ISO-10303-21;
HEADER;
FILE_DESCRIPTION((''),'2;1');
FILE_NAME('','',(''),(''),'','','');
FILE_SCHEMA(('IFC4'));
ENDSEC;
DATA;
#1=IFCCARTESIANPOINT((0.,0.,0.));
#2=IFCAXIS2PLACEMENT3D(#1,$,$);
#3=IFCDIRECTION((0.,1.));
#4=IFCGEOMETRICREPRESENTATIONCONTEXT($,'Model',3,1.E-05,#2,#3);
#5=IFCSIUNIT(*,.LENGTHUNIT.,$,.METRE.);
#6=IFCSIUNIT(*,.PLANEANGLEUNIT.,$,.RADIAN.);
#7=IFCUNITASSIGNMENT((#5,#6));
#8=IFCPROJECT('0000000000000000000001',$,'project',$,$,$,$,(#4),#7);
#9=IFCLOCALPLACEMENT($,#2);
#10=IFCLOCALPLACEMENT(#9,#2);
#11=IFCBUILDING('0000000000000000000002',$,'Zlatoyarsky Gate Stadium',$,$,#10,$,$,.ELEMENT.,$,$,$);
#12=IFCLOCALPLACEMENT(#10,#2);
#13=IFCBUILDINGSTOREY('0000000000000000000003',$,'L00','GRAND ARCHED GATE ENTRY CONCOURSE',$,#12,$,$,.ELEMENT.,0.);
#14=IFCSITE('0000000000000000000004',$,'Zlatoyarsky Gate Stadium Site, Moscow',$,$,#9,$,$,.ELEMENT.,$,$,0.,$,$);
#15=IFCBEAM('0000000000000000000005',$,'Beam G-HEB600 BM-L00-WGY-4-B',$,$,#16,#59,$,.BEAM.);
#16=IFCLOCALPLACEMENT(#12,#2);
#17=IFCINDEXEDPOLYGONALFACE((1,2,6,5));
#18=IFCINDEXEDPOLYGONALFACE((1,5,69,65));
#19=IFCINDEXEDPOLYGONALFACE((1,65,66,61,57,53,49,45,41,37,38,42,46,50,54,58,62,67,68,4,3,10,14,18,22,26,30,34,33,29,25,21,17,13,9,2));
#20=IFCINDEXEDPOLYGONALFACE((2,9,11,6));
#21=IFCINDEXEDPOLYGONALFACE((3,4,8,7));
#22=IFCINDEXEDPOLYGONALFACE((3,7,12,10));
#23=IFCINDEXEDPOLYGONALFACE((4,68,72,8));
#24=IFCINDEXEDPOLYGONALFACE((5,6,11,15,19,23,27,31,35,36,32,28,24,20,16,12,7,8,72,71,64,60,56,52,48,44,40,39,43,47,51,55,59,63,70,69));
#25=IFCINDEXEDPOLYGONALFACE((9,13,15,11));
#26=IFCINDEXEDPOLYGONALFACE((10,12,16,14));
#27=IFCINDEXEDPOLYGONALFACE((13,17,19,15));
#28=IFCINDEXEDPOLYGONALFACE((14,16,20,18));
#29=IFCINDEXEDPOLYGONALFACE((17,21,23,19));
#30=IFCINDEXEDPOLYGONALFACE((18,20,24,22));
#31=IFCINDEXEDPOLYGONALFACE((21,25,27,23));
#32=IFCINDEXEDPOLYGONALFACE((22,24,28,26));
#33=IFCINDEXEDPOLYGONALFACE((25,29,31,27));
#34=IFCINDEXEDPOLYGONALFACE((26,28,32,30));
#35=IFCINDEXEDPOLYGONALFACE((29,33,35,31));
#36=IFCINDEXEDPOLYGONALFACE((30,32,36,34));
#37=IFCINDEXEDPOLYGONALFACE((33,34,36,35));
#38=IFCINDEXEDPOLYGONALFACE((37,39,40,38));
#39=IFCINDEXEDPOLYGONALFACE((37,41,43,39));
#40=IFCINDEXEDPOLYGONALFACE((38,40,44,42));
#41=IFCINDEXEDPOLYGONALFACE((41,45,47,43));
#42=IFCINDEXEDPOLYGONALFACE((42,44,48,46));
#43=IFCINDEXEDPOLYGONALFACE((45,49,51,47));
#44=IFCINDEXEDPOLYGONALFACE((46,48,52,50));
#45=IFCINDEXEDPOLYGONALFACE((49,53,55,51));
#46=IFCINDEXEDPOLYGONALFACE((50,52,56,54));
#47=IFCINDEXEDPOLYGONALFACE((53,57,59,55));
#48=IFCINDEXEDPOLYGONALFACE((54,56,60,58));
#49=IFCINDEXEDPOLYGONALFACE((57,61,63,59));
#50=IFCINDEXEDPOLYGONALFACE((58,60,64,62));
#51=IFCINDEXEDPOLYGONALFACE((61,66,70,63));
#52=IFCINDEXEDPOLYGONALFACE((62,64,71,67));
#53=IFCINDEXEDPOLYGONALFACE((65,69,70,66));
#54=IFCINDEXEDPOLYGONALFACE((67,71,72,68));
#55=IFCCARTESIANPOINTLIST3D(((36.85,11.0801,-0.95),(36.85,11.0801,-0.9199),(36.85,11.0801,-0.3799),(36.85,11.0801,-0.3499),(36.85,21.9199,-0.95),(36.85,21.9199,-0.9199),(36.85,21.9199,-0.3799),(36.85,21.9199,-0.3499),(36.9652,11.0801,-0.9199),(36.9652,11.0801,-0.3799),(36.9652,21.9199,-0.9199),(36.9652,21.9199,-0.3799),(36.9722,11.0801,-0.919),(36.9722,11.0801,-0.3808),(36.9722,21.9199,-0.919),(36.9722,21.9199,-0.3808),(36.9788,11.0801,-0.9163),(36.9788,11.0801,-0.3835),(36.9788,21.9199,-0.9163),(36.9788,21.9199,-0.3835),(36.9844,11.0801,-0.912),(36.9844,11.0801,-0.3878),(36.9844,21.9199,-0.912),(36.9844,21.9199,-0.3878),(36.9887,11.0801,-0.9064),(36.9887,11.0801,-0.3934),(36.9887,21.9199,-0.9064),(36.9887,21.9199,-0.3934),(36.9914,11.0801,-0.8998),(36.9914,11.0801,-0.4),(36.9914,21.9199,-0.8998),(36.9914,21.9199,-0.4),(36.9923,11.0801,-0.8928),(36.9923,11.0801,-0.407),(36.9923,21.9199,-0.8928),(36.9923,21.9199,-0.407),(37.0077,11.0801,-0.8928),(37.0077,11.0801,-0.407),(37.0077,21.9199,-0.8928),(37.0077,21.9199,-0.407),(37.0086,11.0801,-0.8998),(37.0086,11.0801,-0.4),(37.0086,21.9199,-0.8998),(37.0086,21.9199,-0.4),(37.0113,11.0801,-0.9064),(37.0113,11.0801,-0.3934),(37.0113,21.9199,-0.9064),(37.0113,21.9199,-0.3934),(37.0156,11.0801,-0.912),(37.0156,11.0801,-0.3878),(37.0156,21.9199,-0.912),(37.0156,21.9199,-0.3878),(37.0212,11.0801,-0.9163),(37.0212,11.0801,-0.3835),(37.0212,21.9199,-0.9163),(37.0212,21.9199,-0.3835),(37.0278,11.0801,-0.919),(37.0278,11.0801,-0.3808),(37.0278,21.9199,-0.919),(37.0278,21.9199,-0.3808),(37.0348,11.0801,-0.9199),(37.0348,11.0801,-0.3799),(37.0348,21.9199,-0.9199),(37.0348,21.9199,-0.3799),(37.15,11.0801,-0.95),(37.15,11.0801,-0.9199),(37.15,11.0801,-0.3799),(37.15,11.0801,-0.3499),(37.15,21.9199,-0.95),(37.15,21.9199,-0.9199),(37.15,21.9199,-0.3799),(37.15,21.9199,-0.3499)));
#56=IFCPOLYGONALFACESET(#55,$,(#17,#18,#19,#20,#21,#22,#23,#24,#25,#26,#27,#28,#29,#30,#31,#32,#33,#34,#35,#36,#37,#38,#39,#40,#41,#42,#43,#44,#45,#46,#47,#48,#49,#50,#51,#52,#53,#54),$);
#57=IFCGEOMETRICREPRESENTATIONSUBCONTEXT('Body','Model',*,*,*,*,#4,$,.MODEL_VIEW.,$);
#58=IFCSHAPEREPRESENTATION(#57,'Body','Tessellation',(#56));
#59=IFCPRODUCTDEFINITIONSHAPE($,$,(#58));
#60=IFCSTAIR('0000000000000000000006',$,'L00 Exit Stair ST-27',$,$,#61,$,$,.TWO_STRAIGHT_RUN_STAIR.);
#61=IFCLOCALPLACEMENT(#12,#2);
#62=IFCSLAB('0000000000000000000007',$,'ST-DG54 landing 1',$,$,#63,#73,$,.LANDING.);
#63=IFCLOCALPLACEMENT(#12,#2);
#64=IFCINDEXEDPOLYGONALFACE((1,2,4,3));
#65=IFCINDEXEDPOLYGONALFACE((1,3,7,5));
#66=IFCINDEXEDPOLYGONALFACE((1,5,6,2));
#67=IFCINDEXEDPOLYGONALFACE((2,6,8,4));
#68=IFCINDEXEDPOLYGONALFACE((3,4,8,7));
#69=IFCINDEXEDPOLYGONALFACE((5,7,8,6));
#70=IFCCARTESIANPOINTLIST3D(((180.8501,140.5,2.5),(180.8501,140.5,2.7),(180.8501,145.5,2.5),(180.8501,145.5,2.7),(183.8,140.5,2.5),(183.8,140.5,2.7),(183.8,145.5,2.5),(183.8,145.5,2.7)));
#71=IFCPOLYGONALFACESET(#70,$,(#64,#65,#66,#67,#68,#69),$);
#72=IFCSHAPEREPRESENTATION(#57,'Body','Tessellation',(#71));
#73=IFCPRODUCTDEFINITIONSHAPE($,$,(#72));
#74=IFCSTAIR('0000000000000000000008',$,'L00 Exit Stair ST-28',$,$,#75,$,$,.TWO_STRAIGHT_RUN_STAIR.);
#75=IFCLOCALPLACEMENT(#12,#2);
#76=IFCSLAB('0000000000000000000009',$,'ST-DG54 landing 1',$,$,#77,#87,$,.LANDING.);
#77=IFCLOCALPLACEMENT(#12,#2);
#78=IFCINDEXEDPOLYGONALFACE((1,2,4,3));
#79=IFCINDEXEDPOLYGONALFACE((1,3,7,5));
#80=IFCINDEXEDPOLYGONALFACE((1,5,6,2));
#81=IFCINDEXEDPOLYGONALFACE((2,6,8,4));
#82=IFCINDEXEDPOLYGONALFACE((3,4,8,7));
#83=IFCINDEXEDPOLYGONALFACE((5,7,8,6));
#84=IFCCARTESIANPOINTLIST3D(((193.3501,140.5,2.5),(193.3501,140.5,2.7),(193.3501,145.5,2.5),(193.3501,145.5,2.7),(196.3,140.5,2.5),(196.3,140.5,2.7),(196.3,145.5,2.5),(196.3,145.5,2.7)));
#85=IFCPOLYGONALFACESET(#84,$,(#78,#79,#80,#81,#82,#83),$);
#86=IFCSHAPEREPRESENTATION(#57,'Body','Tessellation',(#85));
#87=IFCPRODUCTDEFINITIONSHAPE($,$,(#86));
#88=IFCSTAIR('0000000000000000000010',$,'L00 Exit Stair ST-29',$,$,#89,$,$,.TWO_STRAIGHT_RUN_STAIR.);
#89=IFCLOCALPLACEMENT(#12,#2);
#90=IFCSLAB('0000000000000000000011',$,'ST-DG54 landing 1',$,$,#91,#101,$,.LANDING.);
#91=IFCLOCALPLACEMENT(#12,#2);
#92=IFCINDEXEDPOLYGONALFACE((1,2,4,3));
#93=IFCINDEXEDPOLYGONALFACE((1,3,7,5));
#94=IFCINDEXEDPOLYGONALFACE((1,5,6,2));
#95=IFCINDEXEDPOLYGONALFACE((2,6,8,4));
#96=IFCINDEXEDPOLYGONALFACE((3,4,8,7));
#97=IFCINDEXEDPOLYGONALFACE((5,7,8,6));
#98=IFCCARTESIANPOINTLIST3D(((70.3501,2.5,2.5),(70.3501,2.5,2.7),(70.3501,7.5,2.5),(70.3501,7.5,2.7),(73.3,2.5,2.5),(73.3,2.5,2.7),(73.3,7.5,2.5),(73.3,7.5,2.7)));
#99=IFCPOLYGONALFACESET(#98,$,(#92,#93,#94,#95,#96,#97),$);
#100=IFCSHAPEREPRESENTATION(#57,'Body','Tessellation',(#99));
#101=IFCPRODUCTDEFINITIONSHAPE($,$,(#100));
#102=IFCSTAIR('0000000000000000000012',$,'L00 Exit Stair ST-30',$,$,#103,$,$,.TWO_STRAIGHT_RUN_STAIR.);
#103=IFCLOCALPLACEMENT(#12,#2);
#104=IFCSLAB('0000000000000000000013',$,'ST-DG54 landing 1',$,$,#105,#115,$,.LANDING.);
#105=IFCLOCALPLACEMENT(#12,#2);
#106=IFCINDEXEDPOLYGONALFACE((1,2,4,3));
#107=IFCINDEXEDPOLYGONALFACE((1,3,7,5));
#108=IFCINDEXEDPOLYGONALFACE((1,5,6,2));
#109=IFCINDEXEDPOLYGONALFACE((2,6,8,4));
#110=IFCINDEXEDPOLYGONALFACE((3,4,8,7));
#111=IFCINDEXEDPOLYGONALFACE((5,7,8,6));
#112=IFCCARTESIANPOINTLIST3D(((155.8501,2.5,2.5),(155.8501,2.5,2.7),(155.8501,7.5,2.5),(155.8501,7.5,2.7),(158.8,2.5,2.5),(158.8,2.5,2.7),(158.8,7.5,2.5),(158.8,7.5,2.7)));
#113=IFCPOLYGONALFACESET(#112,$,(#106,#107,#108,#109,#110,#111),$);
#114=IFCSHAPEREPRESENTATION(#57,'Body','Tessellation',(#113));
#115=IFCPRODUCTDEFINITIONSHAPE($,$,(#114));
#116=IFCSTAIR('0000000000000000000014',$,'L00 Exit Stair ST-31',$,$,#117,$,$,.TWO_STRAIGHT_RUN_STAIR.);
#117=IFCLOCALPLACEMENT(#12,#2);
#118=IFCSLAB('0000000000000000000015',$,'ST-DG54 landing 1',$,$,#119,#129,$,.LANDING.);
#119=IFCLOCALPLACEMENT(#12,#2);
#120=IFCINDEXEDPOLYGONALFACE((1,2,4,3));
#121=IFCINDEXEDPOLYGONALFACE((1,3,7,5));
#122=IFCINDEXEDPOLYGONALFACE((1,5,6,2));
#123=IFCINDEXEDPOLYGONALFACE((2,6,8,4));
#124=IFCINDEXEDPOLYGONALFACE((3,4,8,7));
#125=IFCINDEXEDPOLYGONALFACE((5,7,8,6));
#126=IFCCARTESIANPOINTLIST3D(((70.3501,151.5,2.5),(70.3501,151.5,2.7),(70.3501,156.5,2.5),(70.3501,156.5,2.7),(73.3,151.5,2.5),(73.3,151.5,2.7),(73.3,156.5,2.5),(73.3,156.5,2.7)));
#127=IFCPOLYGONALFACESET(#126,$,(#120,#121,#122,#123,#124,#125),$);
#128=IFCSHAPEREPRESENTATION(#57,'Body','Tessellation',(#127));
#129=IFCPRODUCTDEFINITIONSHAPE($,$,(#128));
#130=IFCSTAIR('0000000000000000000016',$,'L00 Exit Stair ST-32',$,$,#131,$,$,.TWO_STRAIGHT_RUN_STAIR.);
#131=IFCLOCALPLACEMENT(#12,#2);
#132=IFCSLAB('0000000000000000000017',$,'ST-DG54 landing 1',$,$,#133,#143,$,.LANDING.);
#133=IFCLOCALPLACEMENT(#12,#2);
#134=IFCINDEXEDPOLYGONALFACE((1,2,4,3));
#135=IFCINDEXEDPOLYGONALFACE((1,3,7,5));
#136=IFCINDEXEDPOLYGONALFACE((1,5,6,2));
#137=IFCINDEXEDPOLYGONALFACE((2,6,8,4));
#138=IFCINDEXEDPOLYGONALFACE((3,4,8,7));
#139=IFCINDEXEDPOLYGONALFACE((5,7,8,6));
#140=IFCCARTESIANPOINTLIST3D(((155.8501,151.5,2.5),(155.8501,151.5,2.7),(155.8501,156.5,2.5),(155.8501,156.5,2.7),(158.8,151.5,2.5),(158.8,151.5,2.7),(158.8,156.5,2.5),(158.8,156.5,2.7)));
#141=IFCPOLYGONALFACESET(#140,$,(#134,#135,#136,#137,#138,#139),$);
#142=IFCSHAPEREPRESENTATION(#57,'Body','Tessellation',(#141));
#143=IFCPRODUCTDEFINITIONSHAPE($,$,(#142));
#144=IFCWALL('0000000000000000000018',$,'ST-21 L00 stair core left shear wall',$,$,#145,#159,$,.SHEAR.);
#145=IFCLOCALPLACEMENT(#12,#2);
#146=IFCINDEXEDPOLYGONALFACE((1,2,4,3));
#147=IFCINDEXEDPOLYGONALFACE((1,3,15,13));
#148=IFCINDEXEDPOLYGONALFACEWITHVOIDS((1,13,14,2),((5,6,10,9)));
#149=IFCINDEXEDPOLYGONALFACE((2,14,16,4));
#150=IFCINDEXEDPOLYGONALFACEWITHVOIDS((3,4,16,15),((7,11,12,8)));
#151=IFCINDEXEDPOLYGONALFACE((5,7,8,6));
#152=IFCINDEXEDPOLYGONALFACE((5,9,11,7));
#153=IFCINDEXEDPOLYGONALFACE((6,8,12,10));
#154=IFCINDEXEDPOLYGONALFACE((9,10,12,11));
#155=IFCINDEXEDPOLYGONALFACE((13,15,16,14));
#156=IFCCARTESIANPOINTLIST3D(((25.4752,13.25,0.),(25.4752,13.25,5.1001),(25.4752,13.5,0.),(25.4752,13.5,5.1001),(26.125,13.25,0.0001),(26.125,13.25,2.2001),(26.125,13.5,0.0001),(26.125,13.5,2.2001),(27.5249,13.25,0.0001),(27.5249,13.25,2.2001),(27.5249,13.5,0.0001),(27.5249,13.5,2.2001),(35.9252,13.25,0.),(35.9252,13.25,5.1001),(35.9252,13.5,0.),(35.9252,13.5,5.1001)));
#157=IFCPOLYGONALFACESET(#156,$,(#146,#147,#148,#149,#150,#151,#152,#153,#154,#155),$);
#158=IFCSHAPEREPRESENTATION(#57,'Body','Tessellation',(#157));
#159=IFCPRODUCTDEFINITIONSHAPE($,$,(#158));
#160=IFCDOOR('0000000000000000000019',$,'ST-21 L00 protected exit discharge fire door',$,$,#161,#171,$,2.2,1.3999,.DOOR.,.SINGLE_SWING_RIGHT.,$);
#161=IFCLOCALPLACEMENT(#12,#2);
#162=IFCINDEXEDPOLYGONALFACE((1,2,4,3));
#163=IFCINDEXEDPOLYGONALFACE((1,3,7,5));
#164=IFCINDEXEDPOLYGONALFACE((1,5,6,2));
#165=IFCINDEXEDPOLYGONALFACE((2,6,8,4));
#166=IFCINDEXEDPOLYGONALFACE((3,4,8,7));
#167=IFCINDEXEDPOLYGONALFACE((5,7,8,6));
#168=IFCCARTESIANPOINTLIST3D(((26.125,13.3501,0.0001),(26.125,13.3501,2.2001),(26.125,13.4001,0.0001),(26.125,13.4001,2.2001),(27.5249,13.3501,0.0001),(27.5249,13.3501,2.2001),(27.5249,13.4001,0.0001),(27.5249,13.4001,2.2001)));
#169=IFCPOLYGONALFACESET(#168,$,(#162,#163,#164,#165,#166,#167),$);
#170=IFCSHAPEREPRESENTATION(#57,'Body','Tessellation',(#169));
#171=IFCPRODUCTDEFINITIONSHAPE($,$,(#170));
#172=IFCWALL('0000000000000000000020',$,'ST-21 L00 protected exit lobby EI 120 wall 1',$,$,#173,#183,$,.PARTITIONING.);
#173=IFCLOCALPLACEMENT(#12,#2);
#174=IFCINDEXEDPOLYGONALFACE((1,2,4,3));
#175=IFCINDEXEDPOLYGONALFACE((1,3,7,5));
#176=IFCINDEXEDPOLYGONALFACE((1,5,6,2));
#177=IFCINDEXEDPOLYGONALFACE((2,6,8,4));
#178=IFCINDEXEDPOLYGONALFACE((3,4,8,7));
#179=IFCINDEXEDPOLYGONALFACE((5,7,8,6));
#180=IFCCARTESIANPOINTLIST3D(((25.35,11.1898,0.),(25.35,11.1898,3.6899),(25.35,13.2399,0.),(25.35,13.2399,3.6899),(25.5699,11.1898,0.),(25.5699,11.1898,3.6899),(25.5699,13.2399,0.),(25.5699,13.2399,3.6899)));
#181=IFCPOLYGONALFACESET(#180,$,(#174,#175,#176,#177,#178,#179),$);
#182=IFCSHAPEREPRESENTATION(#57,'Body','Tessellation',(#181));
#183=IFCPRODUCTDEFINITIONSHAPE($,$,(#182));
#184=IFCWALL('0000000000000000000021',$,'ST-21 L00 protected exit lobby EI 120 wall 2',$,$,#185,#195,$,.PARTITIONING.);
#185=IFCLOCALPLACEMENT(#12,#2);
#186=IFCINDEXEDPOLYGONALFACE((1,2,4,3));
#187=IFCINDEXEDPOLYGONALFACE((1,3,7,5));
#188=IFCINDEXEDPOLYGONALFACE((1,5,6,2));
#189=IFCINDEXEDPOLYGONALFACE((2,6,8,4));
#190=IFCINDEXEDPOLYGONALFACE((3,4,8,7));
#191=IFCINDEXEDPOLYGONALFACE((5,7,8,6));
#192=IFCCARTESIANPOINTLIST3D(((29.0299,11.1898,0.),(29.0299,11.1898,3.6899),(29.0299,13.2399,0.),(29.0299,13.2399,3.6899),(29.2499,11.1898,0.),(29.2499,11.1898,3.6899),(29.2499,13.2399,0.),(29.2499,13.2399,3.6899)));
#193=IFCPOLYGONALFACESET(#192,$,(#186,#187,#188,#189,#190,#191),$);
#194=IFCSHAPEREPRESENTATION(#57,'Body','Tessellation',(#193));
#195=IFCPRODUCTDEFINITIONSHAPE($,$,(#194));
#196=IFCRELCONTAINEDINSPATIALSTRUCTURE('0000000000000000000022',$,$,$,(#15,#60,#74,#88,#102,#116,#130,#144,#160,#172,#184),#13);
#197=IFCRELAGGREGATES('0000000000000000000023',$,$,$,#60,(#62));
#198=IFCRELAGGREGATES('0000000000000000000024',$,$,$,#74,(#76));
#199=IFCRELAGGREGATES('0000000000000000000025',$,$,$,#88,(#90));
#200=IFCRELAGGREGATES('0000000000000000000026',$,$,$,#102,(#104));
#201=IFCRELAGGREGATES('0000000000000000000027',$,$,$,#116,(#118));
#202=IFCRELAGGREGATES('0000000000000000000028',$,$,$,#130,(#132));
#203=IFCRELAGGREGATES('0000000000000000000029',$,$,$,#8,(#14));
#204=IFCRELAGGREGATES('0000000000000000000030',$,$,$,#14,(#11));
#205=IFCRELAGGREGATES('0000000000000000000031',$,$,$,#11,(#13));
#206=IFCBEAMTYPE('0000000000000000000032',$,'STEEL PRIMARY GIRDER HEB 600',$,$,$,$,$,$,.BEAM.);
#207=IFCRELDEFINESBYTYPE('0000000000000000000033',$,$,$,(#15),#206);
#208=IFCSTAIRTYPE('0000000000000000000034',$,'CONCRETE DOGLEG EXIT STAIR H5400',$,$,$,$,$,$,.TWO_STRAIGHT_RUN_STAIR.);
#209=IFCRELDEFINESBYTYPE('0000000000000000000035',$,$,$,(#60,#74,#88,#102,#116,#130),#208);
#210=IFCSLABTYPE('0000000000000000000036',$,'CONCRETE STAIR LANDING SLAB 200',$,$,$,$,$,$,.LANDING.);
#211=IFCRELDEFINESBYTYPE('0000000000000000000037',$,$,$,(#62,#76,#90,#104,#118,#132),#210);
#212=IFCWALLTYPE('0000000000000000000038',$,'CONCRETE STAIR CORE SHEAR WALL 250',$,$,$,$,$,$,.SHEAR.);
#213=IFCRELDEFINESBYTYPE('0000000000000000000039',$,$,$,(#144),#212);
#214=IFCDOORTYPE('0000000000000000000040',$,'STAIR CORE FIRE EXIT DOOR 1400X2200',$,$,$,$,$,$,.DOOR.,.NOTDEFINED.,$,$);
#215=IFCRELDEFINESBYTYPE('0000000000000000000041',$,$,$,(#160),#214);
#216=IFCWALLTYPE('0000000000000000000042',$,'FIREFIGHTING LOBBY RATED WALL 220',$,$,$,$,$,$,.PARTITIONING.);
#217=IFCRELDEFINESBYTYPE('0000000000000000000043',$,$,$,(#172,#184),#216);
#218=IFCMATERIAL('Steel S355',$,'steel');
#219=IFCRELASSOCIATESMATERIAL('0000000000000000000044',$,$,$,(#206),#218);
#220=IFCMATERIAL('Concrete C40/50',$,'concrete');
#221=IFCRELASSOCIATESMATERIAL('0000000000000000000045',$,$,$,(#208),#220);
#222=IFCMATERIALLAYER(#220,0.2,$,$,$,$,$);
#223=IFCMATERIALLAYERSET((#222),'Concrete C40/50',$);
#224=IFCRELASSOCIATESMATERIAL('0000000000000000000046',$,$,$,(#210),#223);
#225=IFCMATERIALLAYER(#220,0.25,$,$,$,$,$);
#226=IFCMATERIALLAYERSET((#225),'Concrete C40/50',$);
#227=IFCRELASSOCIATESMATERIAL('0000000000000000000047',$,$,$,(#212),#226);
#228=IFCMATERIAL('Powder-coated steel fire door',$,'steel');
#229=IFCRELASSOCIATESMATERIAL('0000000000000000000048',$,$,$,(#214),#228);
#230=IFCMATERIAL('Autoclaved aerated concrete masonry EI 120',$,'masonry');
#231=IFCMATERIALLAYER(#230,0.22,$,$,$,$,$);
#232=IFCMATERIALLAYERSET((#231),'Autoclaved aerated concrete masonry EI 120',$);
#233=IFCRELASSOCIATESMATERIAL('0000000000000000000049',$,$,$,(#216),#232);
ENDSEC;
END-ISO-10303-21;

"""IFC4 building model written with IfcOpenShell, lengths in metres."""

from ifc_helpers import new_model, si_unit, direction, frame, frame_2d, origin, origin_2d, place, context, subcontext, project, spatial, polyline, rectangle, i_section, outline, extrude, material, layer, layer_set, material_profile, profile_set, type_object, element, fill, aggregate, save


model = new_model("IFC4")

# Units and contexts
model_context = context("Model", 3, precision=1e-05, world=origin(), true_north=direction((0.0, 1.0)))
body_context = subcontext(model_context, "Body", "Model", "MODEL_VIEW")
ifc_project = project(units=[si_unit("LENGTHUNIT", "METRE"), si_unit("PLANEANGLEUNIT", "RADIAN")], contexts=[model_context])

# Site, building, storey
site_placement = place(None, origin())
site = spatial("IfcSite", under=ifc_project, at=site_placement, Name="Zlatoyarsky Gate Stadium Site, Moscow", CompositionType="ELEMENT", RefElevation=0.0)
building_placement = place(site_placement, origin())
building = spatial("IfcBuilding", under=site, at=building_placement, Name="Zlatoyarsky Gate Stadium", CompositionType="ELEMENT")
storey_placement = place(building_placement, origin())
storey = spatial("IfcBuildingStorey", under=building, at=storey_placement, Name="L00", Description="GRAND ARCHED GATE ENTRY CONCOURSE", CompositionType="ELEMENT", Elevation=0.0)

# Shared definitions
ifc_material_1 = material(Name="Concrete C40/50", Category="concrete")

# Beam
ifc_material_2 = material(Name="Steel S355", Category="steel")
ifc_material_profile_1 = material_profile(ifc_material_2, i_section(OverallWidth=0.3, OverallDepth=0.6001, WebThickness=0.0154, FlangeThickness=0.03, FilletRadius=0.0271, at=origin_2d()), Name="HEB 600")
ifc_profile_set_1 = profile_set([ifc_material_profile_1], Name="Steel S355")
beam_type_1 = type_object("IfcBeamType", Name="STEEL PRIMARY GIRDER HEB 600", PredefinedType="BEAM", material=ifc_profile_set_1)
for number, where, z_axis, x_axis, name in (
    (1, (37.0, 11.0801, -0.6499), (0.0, 1.0, 0.0), (-1.0, 0.0, 0.0), "Beam G-HEB600 BM-L00-WGY-4-B"),
):
    element("IfcBeam", number, at=place(storey_placement, frame(where, z_axis=z_axis, x_axis=x_axis)), inside=storey, type_object=beam_type_1, Name=name, PredefinedType="BEAM", context=body_context, shape_type="SweptSolid", body=[
        extrude(i_section(OverallWidth=0.3, OverallDepth=0.6001, WebThickness=0.0154, FlangeThickness=0.03, FilletRadius=0.0271, at=origin_2d()), origin(), (0.0, 0.0, 1.0), 10.8398),
    ])

# Stairs, slabs
stair_type = type_object("IfcStairType", Name="CONCRETE DOGLEG EXIT STAIR H5400", PredefinedType="TWO_STRAIGHT_RUN_STAIR", material=ifc_material_1)
stair_1_placement = place(storey_placement, origin())
stair_1 = element("IfcStair", 2, at=stair_1_placement, inside=storey, type_object=stair_type, Name="L00 Exit Stair ST-27", PredefinedType="TWO_STRAIGHT_RUN_STAIR")
ifc_layer_1 = layer(ifc_material_1, 0.2)
ifc_layer_set_1 = layer_set([ifc_layer_1], Name="Concrete C40/50")
slab_type = type_object("IfcSlabType", Name="CONCRETE STAIR LANDING SLAB 200", PredefinedType="LANDING", material=ifc_layer_set_1)
slab_1_placement = place(storey_placement, frame((0.0, 0.0, 2.5)))
slab_1 = element("IfcSlab", 3, at=slab_1_placement, type_object=slab_type, Name="ST-DG54 landing 1", PredefinedType="LANDING", context=body_context, shape_type="SweptSolid", body=[
    extrude(outline(polyline([(180.8501, 140.5), (183.8, 140.5), (183.8, 145.5), (180.8501, 145.5), (180.8501, 140.5)])), origin(), (0.0, 0.0, 1.0), 0.2),
])
aggregate(stair_1, [slab_1])
stair_2_placement = place(storey_placement, origin())
stair_2 = element("IfcStair", 4, at=stair_2_placement, inside=storey, type_object=stair_type, Name="L00 Exit Stair ST-28", PredefinedType="TWO_STRAIGHT_RUN_STAIR")
slab_2_placement = place(storey_placement, frame((0.0, 0.0, 2.5)))
slab_2 = element("IfcSlab", 5, at=slab_2_placement, type_object=slab_type, Name="ST-DG54 landing 1", PredefinedType="LANDING", context=body_context, shape_type="SweptSolid", body=[
    extrude(outline(polyline([(193.3501, 140.5), (196.3, 140.5), (196.3, 145.5), (193.3501, 145.5), (193.3501, 140.5)])), origin(), (0.0, 0.0, 1.0), 0.2),
])
aggregate(stair_2, [slab_2])
stair_3_placement = place(storey_placement, origin())
stair_3 = element("IfcStair", 6, at=stair_3_placement, inside=storey, type_object=stair_type, Name="L00 Exit Stair ST-29", PredefinedType="TWO_STRAIGHT_RUN_STAIR")
slab_3_placement = place(storey_placement, frame((0.0, 0.0, 2.5)))
slab_3 = element("IfcSlab", 7, at=slab_3_placement, type_object=slab_type, Name="ST-DG54 landing 1", PredefinedType="LANDING", context=body_context, shape_type="SweptSolid", body=[
    extrude(outline(polyline([(70.3501, 2.5), (73.3, 2.5), (73.3, 7.5), (70.3501, 7.5), (70.3501, 2.5)])), origin(), (0.0, 0.0, 1.0), 0.2),
])
aggregate(stair_3, [slab_3])
stair_4_placement = place(storey_placement, origin())
stair_4 = element("IfcStair", 8, at=stair_4_placement, inside=storey, type_object=stair_type, Name="L00 Exit Stair ST-30", PredefinedType="TWO_STRAIGHT_RUN_STAIR")
slab_4_placement = place(storey_placement, frame((0.0, 0.0, 2.5)))
slab_4 = element("IfcSlab", 9, at=slab_4_placement, type_object=slab_type, Name="ST-DG54 landing 1", PredefinedType="LANDING", context=body_context, shape_type="SweptSolid", body=[
    extrude(outline(polyline([(155.8501, 2.5), (158.8, 2.5), (158.8, 7.5), (155.8501, 7.5), (155.8501, 2.5)])), origin(), (0.0, 0.0, 1.0), 0.2),
])
aggregate(stair_4, [slab_4])
stair_5_placement = place(storey_placement, origin())
stair_5 = element("IfcStair", 10, at=stair_5_placement, inside=storey, type_object=stair_type, Name="L00 Exit Stair ST-31", PredefinedType="TWO_STRAIGHT_RUN_STAIR")
slab_5_placement = place(storey_placement, frame((0.0, 0.0, 2.5)))
slab_5 = element("IfcSlab", 11, at=slab_5_placement, type_object=slab_type, Name="ST-DG54 landing 1", PredefinedType="LANDING", context=body_context, shape_type="SweptSolid", body=[
    extrude(outline(polyline([(70.3501, 151.5), (73.3, 151.5), (73.3, 156.5), (70.3501, 156.5), (70.3501, 151.5)])), origin(), (0.0, 0.0, 1.0), 0.2),
])
aggregate(stair_5, [slab_5])
stair_6_placement = place(storey_placement, origin())
stair_6 = element("IfcStair", 12, at=stair_6_placement, inside=storey, type_object=stair_type, Name="L00 Exit Stair ST-32", PredefinedType="TWO_STRAIGHT_RUN_STAIR")
slab_6_placement = place(storey_placement, frame((0.0, 0.0, 2.5)))
slab_6 = element("IfcSlab", 13, at=slab_6_placement, type_object=slab_type, Name="ST-DG54 landing 1", PredefinedType="LANDING", context=body_context, shape_type="SweptSolid", body=[
    extrude(outline(polyline([(155.8501, 151.5), (158.8, 151.5), (158.8, 156.5), (155.8501, 156.5), (155.8501, 151.5)])), origin(), (0.0, 0.0, 1.0), 0.2),
])
aggregate(stair_6, [slab_6])

# Wall, opening, door
ifc_layer_2 = layer(ifc_material_1, 0.25)
ifc_layer_set_2 = layer_set([ifc_layer_2], Name="Concrete C40/50")
wall_type_1 = type_object("IfcWallType", Name="CONCRETE STAIR CORE SHEAR WALL 250", PredefinedType="SHEAR", material=ifc_layer_set_2)
wall_1_placement = place(storey_placement, frame((25.4751, 13.375, 0.0), z_axis=(0.0, 0.0, 1.0), x_axis=(1.0, 0.0, 0.0)))
wall_1 = element("IfcWall", 14, at=wall_1_placement, inside=storey, type_object=wall_type_1, Name="ST-21 L00 stair core left shear wall", PredefinedType="SHEAR", context=body_context, shape_type="SweptSolid", body=[
    extrude(rectangle(XDim=10.45, YDim=0.25, at=frame_2d((5.2251, 0.0))), origin(), (0.0, 0.0, 1.0), 5.1001),
])
opening_1_placement = place(wall_1_placement, frame((0.6499, 0.0, 0.0)))
opening_1 = element("IfcOpeningElement", 15, at=opening_1_placement, cuts=wall_1, PredefinedType="OPENING", context=body_context, shape_type="SweptSolid", body=[
    extrude(rectangle(XDim=1.3999, YDim=2.2, at=frame_2d((0.7, 1.1001))), frame((0.0, 0.135, 0.0), z_axis=(0.0, -1.0, 0.0), x_axis=(1.0, 0.0, 0.0)), (0.0, 0.0, 1.0), 0.27),
])
ifc_material_3 = material(Name="Powder-coated steel fire door", Category="steel")
door_type_1 = type_object("IfcDoorType", Name="STAIR CORE FIRE EXIT DOOR 1400X2200", OperationType="NOTDEFINED", PredefinedType="DOOR", material=ifc_material_3)
door_1_placement = place(opening_1_placement, frame((1.3999, 0.0, 0.0), z_axis=(0.0, 0.0, 1.0), x_axis=(-1.0, 0.0, 0.0)))
door_1 = element("IfcDoor", 16, at=door_1_placement, inside=storey, type_object=door_type_1, Name="ST-21 L00 protected exit discharge fire door", OperationType="SINGLE_SWING_RIGHT", OverallHeight=2.2, OverallWidth=1.3999, PredefinedType="DOOR", context=body_context, shape_type="SweptSolid", body=[
    extrude(rectangle(XDim=1.3999, YDim=2.2, at=frame_2d((0.7, 1.1001))), frame((0.0, 0.0249, 0.0), z_axis=(0.0, -1.0, 0.0), x_axis=(1.0, 0.0, 0.0)), (0.0, 0.0, 1.0), 0.05),
])
fill(opening_1, door_1)

# Walls
ifc_material_4 = material(Name="Autoclaved aerated concrete masonry EI 120", Category="masonry")
ifc_layer_3 = layer(ifc_material_4, 0.22)
ifc_layer_set_3 = layer_set([ifc_layer_3], Name="Autoclaved aerated concrete masonry EI 120")
wall_type_2 = type_object("IfcWallType", Name="FIREFIGHTING LOBBY RATED WALL 220", PredefinedType="PARTITIONING", material=ifc_layer_set_3)
for number, where, z_axis, x_axis, name in (
    (17, (25.46, 11.1899, 0.0), (0.0, 0.0, 1.0), (0.0, 1.0, 0.0), "ST-21 L00 protected exit lobby EI 120 wall 1"),
    (18, (29.1399, 11.1899, 0.0), (0.0, 0.0, 1.0), (0.0, 1.0, 0.0), "ST-21 L00 protected exit lobby EI 120 wall 2"),
):
    element("IfcWall", number, at=place(storey_placement, frame(where, z_axis=z_axis, x_axis=x_axis)), inside=storey, type_object=wall_type_2, Name=name, PredefinedType="PARTITIONING", context=body_context, shape_type="SweptSolid", body=[
        extrude(rectangle(XDim=2.05, YDim=0.22, at=frame_2d((1.0249, 0.0))), origin(), (0.0, 0.0, 1.0), 3.6899),
    ])

save(model, "model.ifc")
